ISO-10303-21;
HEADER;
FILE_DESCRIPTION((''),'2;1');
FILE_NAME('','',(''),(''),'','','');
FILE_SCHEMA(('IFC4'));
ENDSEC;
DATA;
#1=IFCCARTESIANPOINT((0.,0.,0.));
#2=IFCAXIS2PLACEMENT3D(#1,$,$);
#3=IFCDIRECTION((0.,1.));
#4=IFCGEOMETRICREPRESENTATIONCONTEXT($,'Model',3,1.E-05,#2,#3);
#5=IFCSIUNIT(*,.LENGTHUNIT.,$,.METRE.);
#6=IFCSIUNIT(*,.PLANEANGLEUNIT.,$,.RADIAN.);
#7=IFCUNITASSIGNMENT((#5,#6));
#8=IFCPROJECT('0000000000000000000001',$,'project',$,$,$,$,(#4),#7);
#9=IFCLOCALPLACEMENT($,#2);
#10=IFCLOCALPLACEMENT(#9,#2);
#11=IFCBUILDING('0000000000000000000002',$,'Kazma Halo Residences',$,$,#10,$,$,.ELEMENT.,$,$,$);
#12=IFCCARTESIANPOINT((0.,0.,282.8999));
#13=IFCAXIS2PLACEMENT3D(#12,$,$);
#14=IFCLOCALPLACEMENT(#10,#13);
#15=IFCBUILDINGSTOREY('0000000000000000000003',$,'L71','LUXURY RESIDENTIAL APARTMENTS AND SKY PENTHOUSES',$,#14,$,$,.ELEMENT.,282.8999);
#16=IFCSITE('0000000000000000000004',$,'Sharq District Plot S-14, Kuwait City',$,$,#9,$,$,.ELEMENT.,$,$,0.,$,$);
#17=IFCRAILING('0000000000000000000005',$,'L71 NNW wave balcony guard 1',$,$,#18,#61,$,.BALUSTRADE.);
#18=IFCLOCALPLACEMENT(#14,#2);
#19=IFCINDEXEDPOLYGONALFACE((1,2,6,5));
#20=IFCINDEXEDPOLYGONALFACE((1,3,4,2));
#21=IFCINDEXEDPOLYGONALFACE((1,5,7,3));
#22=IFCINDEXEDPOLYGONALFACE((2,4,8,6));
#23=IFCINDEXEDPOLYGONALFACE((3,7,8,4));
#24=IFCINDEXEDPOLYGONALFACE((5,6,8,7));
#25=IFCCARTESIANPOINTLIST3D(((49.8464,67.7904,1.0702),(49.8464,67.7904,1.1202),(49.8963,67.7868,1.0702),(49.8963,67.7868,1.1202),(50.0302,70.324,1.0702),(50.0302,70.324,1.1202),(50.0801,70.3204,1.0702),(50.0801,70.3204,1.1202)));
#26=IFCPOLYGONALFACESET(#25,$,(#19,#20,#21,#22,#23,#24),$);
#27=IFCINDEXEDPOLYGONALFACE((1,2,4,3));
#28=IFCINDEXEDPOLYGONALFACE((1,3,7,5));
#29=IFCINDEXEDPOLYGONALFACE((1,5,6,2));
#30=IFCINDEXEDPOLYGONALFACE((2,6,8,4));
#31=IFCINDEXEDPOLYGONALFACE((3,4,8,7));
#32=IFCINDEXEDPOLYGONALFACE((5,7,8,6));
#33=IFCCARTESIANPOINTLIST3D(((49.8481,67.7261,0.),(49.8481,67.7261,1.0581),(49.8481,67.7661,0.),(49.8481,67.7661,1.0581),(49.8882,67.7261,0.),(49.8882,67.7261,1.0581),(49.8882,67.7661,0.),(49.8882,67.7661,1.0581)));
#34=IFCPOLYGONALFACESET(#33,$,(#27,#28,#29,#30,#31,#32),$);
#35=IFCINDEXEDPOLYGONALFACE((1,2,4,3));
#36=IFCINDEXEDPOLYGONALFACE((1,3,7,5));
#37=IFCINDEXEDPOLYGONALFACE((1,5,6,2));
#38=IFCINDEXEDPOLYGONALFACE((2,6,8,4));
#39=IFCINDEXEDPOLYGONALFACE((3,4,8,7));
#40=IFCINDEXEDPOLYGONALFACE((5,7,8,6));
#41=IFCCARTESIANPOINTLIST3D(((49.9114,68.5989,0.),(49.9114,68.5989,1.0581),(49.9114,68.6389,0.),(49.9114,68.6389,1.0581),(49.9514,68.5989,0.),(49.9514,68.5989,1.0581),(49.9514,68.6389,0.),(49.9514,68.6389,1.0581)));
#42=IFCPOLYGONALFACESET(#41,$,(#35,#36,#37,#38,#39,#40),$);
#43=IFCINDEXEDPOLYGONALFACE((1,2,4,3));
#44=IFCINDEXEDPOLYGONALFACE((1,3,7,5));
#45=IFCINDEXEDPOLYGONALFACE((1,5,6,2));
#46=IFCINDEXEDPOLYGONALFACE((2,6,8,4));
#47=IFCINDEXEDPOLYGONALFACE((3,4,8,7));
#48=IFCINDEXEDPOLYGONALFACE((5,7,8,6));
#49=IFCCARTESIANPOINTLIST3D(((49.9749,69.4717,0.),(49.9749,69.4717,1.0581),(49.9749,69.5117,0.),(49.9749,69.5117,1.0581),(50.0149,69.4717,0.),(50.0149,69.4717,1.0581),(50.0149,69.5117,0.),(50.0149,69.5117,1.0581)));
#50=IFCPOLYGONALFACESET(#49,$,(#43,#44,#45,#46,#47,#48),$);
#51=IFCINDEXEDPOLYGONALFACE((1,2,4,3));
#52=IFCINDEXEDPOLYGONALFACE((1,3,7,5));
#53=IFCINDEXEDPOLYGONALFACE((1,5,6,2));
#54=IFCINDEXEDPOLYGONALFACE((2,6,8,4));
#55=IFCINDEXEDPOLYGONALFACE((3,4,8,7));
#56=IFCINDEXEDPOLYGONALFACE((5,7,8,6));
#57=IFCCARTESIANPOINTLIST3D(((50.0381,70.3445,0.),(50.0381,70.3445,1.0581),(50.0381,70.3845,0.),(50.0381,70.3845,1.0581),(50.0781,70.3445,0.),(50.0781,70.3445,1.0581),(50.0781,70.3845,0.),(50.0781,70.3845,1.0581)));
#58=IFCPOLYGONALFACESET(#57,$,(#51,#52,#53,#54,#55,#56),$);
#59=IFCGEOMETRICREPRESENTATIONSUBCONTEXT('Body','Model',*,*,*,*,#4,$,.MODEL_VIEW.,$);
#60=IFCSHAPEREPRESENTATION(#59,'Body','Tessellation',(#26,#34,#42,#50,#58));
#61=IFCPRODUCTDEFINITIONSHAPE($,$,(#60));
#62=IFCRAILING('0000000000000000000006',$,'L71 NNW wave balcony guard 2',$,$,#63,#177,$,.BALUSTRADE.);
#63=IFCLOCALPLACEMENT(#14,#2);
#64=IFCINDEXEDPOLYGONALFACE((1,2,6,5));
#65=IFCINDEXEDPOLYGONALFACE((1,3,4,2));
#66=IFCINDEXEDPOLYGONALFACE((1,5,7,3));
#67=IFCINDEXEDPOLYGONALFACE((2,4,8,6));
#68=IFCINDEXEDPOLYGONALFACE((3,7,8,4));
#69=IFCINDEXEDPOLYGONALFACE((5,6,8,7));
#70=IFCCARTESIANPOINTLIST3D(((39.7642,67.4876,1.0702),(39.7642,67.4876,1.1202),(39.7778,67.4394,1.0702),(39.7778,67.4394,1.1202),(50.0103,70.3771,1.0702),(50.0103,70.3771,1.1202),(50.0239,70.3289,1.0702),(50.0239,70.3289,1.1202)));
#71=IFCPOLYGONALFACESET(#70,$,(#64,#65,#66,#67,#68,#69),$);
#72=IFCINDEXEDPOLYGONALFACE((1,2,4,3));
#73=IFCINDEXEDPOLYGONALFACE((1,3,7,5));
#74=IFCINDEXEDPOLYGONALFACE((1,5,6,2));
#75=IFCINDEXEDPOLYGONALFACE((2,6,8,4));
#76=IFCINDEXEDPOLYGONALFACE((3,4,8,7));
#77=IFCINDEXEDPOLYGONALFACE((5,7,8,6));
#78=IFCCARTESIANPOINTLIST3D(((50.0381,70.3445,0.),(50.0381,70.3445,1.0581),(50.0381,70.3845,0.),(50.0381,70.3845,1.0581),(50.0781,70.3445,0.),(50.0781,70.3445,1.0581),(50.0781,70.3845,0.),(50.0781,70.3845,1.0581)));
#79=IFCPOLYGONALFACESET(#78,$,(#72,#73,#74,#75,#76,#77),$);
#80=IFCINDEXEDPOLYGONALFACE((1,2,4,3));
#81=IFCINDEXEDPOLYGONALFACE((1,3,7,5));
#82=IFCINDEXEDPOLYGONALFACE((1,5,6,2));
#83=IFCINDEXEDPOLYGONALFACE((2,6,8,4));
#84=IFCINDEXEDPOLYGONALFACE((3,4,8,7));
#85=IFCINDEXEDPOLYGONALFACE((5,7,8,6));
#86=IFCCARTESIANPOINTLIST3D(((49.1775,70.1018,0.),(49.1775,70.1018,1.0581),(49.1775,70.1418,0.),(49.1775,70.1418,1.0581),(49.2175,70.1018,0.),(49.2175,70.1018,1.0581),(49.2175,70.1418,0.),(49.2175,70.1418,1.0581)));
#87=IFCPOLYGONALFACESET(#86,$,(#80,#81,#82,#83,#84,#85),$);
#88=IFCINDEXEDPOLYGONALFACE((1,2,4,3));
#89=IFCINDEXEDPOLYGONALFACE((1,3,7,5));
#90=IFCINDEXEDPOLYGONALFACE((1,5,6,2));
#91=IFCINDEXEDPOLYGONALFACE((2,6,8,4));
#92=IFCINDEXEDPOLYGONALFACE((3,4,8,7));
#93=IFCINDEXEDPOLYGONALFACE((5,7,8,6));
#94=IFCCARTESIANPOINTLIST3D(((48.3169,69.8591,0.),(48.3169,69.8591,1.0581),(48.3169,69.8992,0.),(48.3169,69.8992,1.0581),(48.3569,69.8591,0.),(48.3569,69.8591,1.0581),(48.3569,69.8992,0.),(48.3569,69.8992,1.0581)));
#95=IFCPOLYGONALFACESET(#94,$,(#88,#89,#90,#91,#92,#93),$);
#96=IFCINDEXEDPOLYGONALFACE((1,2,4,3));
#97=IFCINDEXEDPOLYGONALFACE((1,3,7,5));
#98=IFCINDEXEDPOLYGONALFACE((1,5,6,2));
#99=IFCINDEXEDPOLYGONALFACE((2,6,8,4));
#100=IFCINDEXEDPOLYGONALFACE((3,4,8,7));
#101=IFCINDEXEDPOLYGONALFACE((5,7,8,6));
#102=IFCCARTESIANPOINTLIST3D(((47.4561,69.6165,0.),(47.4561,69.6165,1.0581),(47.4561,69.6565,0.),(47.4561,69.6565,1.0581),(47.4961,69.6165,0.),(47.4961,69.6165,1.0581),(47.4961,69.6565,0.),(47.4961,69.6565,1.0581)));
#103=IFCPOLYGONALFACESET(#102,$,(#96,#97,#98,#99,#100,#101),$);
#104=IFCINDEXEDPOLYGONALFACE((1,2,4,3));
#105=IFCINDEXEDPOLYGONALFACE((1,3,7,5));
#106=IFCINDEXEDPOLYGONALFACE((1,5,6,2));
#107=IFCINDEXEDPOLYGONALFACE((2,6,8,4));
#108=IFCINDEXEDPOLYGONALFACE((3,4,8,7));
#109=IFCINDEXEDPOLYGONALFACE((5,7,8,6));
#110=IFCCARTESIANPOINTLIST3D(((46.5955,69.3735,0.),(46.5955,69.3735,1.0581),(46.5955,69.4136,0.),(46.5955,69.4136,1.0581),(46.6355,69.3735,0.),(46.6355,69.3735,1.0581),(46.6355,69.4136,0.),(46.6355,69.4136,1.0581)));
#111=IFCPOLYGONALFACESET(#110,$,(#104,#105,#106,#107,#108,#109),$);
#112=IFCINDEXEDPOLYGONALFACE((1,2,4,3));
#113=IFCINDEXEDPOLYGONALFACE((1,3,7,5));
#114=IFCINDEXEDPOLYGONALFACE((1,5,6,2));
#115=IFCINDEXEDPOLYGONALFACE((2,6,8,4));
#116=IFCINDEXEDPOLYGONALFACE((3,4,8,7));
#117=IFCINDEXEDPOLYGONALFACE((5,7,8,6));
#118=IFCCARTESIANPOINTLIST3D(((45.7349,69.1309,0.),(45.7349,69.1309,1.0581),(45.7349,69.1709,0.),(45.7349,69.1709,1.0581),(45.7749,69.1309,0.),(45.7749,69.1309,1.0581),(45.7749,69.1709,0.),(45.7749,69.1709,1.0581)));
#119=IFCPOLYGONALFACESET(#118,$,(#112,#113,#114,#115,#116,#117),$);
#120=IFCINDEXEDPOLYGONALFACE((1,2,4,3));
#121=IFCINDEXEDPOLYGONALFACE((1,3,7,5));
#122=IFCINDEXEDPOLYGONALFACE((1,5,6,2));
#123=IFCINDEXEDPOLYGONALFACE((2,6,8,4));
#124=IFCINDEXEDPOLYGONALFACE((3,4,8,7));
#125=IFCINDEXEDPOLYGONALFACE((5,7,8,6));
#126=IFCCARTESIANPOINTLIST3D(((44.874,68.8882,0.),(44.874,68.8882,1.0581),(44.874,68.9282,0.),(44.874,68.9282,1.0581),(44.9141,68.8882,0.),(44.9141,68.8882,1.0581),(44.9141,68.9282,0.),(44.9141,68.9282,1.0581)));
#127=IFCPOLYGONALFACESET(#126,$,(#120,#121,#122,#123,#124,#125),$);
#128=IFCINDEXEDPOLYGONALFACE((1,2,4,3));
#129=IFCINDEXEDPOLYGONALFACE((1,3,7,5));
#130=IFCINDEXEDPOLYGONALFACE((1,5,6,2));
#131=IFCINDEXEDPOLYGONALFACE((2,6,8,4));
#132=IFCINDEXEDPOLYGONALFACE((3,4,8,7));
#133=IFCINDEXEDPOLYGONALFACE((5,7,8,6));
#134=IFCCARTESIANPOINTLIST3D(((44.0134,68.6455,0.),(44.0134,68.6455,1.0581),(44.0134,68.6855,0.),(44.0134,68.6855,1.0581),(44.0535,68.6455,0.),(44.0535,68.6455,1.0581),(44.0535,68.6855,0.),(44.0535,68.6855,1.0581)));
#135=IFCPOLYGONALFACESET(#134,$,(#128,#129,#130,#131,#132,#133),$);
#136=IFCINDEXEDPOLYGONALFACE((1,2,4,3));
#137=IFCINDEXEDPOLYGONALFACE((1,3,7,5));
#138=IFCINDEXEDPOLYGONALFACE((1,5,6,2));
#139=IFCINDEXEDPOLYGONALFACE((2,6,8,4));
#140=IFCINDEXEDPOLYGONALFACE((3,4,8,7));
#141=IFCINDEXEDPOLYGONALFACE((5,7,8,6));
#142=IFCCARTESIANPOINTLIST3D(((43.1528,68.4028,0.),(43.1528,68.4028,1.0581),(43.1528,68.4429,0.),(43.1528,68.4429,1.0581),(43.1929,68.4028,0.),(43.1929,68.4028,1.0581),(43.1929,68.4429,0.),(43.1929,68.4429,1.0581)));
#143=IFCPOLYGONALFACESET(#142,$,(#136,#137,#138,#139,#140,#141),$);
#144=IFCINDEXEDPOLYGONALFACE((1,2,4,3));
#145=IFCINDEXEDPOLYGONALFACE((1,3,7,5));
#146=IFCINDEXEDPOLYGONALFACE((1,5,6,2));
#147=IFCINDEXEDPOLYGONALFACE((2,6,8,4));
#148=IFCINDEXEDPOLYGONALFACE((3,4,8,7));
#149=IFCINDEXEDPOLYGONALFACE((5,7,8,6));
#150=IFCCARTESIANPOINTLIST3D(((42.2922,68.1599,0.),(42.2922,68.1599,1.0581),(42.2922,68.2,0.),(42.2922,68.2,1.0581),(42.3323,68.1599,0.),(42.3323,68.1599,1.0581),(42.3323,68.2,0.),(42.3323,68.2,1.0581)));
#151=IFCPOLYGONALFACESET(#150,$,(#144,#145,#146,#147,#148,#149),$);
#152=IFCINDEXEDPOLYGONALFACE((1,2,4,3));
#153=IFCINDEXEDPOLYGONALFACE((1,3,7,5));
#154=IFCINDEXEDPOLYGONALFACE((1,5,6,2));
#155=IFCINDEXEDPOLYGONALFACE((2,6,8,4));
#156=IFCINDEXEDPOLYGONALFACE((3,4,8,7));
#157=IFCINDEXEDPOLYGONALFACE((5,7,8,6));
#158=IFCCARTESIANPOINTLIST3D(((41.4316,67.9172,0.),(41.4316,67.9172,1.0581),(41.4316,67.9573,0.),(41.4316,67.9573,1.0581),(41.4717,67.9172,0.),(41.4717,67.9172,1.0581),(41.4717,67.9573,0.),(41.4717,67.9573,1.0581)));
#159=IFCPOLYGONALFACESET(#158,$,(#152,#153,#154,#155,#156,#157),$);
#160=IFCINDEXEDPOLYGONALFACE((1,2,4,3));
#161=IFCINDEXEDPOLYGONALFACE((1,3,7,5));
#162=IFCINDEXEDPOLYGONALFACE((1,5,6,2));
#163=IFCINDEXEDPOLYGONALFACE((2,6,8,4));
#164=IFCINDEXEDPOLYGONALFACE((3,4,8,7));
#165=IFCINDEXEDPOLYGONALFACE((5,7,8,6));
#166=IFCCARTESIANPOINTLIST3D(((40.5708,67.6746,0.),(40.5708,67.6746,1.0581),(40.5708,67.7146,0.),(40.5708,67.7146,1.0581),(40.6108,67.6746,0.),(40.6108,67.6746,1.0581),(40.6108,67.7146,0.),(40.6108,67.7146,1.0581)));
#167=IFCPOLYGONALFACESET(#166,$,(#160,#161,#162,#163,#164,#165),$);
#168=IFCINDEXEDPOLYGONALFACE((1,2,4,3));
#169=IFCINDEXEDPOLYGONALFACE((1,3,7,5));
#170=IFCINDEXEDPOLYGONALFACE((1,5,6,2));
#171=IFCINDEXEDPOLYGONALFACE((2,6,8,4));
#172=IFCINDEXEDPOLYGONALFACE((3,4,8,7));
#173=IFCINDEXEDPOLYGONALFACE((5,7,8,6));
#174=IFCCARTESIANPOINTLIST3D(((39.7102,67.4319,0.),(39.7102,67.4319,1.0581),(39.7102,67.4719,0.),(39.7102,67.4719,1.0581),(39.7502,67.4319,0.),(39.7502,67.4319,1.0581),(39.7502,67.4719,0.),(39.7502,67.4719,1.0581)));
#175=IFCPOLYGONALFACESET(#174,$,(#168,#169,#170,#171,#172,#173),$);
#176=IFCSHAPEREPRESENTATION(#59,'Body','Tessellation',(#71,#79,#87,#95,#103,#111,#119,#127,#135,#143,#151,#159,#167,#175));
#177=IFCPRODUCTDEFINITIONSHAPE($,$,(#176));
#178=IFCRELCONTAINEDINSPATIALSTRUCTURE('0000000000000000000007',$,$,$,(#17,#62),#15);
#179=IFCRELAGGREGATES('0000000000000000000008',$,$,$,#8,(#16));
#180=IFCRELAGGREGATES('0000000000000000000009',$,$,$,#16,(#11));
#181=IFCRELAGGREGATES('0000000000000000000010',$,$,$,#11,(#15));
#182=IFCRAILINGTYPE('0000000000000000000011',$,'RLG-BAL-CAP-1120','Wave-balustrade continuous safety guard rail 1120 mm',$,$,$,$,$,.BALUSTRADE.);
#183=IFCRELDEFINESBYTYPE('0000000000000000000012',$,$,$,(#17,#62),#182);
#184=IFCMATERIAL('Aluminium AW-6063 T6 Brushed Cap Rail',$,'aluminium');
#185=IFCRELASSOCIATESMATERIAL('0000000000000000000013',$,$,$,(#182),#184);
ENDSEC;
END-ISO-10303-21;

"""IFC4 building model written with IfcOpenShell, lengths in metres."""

from ifc_helpers import new_model, si_unit, direction, frame, origin, origin_2d, place, context, subcontext, project, spatial, rectangle, extrude, material, type_object, element, save


model = new_model("IFC4")

# Units and contexts
model_context = context("Model", 3, precision=1e-05, world=origin(), true_north=direction((0.0, 1.0)))
body_context = subcontext(model_context, "Body", "Model", "MODEL_VIEW")
ifc_project = project(units=[si_unit("LENGTHUNIT", "METRE"), si_unit("PLANEANGLEUNIT", "RADIAN")], contexts=[model_context])

# Site, building, storey
site_placement = place(None, origin())
site = spatial("IfcSite", under=ifc_project, at=site_placement, Name="Sharq District Plot S-14, Kuwait City", CompositionType="ELEMENT", RefElevation=0.0)
building_placement = place(site_placement, origin())
building = spatial("IfcBuilding", under=site, at=building_placement, Name="Kazma Halo Residences", CompositionType="ELEMENT")
storey_placement = place(building_placement, frame((0.0, 0.0, 282.8999)))
storey = spatial("IfcBuildingStorey", under=building, at=storey_placement, Name="L71", Description="LUXURY RESIDENTIAL APARTMENTS AND SKY PENTHOUSES", CompositionType="ELEMENT", Elevation=282.8999)

# Railings
ifc_material_1 = material(Name="Aluminium AW-6063 T6 Brushed Cap Rail", Category="aluminium")
railing_type = type_object("IfcRailingType", Name="RLG-BAL-CAP-1120", Description="Wave-balustrade continuous safety guard rail 1120 mm", PredefinedType="BALUSTRADE", material=ifc_material_1)
railing_1_placement = place(storey_placement, frame((49.8682, 67.7461, 0.0)))
element("IfcRailing", 1, at=railing_1_placement, inside=storey, type_object=railing_type, Name="L71 NNW wave balcony guard 1", PredefinedType="BALUSTRADE", context=body_context, shape_type="SweptSolid", body=[
    extrude(rectangle(XDim=0.05, YDim=0.05, at=origin_2d()), frame((0.0032, 0.0425, 1.0952), z_axis=(0.072351, 0.997379, 0.0), x_axis=(-0.997379, 0.072351, 0.0)), (0.0, 0.0, 1.0), 2.5403),
    extrude(rectangle(XDim=0.04, YDim=0.04, at=origin_2d()), origin(), (0.0, 0.0, 1.0), 1.0581),
    extrude(rectangle(XDim=0.04, YDim=0.04, at=origin_2d()), frame((0.0632, 0.8728, 0.0)), (0.0, 0.0, 1.0), 1.0581),
    extrude(rectangle(XDim=0.04, YDim=0.04, at=origin_2d()), frame((0.1267, 1.7456, 0.0)), (0.0, 0.0, 1.0), 1.0581),
    extrude(rectangle(XDim=0.04, YDim=0.04, at=origin_2d()), frame((0.1899, 2.6184, 0.0)), (0.0, 0.0, 1.0), 1.0581),
])
railing_2_placement = place(storey_placement, frame((50.0581, 70.3645, 0.0)))
element("IfcRailing", 2, at=railing_2_placement, inside=storey, type_object=railing_type, Name="L71 NNW wave balcony guard 2", PredefinedType="BALUSTRADE", context=body_context, shape_type="SweptSolid", body=[
    extrude(rectangle(XDim=0.05, YDim=0.05, at=origin_2d()), frame((-0.041, -0.0115, 1.0952), z_axis=(-0.962459, -0.271426, 0.0), x_axis=(0.271426, -0.962459, 0.0)), (0.0, 0.0, 1.0), 10.6458),
    extrude(rectangle(XDim=0.04, YDim=0.04, at=origin_2d()), origin(), (0.0, 0.0, 1.0), 1.0581),
    extrude(rectangle(XDim=0.04, YDim=0.04, at=origin_2d()), frame((-0.8606, -0.2427, 0.0)), (0.0, 0.0, 1.0), 1.0581),
    extrude(rectangle(XDim=0.04, YDim=0.04, at=origin_2d()), frame((-1.7212, -0.4854, 0.0)), (0.0, 0.0, 1.0), 1.0581),
    extrude(rectangle(XDim=0.04, YDim=0.04, at=origin_2d()), frame((-2.582, -0.728, 0.0)), (0.0, 0.0, 1.0), 1.0581),
    extrude(rectangle(XDim=0.04, YDim=0.04, at=origin_2d()), frame((-3.4426, -0.9709, 0.0)), (0.0, 0.0, 1.0), 1.0581),
    extrude(rectangle(XDim=0.04, YDim=0.04, at=origin_2d()), frame((-4.3032, -1.2136, 0.0)), (0.0, 0.0, 1.0), 1.0581),
    extrude(rectangle(XDim=0.04, YDim=0.04, at=origin_2d()), frame((-5.1641, -1.4563, 0.0)), (0.0, 0.0, 1.0), 1.0581),
    extrude(rectangle(XDim=0.04, YDim=0.04, at=origin_2d()), frame((-6.0247, -1.699, 0.0)), (0.0, 0.0, 1.0), 1.0581),
    extrude(rectangle(XDim=0.04, YDim=0.04, at=origin_2d()), frame((-6.8853, -1.9417, 0.0)), (0.0, 0.0, 1.0), 1.0581),
    extrude(rectangle(XDim=0.04, YDim=0.04, at=origin_2d()), frame((-7.7458, -2.1846, 0.0)), (0.0, 0.0, 1.0), 1.0581),
    extrude(rectangle(XDim=0.04, YDim=0.04, at=origin_2d()), frame((-8.6064, -2.4272, 0.0)), (0.0, 0.0, 1.0), 1.0581),
    extrude(rectangle(XDim=0.04, YDim=0.04, at=origin_2d()), frame((-9.4673, -2.6699, 0.0)), (0.0, 0.0, 1.0), 1.0581),
    extrude(rectangle(XDim=0.04, YDim=0.04, at=origin_2d()), frame((-10.3279, -2.9126, 0.0)), (0.0, 0.0, 1.0), 1.0581),
])

save(model, "model.ifc")
